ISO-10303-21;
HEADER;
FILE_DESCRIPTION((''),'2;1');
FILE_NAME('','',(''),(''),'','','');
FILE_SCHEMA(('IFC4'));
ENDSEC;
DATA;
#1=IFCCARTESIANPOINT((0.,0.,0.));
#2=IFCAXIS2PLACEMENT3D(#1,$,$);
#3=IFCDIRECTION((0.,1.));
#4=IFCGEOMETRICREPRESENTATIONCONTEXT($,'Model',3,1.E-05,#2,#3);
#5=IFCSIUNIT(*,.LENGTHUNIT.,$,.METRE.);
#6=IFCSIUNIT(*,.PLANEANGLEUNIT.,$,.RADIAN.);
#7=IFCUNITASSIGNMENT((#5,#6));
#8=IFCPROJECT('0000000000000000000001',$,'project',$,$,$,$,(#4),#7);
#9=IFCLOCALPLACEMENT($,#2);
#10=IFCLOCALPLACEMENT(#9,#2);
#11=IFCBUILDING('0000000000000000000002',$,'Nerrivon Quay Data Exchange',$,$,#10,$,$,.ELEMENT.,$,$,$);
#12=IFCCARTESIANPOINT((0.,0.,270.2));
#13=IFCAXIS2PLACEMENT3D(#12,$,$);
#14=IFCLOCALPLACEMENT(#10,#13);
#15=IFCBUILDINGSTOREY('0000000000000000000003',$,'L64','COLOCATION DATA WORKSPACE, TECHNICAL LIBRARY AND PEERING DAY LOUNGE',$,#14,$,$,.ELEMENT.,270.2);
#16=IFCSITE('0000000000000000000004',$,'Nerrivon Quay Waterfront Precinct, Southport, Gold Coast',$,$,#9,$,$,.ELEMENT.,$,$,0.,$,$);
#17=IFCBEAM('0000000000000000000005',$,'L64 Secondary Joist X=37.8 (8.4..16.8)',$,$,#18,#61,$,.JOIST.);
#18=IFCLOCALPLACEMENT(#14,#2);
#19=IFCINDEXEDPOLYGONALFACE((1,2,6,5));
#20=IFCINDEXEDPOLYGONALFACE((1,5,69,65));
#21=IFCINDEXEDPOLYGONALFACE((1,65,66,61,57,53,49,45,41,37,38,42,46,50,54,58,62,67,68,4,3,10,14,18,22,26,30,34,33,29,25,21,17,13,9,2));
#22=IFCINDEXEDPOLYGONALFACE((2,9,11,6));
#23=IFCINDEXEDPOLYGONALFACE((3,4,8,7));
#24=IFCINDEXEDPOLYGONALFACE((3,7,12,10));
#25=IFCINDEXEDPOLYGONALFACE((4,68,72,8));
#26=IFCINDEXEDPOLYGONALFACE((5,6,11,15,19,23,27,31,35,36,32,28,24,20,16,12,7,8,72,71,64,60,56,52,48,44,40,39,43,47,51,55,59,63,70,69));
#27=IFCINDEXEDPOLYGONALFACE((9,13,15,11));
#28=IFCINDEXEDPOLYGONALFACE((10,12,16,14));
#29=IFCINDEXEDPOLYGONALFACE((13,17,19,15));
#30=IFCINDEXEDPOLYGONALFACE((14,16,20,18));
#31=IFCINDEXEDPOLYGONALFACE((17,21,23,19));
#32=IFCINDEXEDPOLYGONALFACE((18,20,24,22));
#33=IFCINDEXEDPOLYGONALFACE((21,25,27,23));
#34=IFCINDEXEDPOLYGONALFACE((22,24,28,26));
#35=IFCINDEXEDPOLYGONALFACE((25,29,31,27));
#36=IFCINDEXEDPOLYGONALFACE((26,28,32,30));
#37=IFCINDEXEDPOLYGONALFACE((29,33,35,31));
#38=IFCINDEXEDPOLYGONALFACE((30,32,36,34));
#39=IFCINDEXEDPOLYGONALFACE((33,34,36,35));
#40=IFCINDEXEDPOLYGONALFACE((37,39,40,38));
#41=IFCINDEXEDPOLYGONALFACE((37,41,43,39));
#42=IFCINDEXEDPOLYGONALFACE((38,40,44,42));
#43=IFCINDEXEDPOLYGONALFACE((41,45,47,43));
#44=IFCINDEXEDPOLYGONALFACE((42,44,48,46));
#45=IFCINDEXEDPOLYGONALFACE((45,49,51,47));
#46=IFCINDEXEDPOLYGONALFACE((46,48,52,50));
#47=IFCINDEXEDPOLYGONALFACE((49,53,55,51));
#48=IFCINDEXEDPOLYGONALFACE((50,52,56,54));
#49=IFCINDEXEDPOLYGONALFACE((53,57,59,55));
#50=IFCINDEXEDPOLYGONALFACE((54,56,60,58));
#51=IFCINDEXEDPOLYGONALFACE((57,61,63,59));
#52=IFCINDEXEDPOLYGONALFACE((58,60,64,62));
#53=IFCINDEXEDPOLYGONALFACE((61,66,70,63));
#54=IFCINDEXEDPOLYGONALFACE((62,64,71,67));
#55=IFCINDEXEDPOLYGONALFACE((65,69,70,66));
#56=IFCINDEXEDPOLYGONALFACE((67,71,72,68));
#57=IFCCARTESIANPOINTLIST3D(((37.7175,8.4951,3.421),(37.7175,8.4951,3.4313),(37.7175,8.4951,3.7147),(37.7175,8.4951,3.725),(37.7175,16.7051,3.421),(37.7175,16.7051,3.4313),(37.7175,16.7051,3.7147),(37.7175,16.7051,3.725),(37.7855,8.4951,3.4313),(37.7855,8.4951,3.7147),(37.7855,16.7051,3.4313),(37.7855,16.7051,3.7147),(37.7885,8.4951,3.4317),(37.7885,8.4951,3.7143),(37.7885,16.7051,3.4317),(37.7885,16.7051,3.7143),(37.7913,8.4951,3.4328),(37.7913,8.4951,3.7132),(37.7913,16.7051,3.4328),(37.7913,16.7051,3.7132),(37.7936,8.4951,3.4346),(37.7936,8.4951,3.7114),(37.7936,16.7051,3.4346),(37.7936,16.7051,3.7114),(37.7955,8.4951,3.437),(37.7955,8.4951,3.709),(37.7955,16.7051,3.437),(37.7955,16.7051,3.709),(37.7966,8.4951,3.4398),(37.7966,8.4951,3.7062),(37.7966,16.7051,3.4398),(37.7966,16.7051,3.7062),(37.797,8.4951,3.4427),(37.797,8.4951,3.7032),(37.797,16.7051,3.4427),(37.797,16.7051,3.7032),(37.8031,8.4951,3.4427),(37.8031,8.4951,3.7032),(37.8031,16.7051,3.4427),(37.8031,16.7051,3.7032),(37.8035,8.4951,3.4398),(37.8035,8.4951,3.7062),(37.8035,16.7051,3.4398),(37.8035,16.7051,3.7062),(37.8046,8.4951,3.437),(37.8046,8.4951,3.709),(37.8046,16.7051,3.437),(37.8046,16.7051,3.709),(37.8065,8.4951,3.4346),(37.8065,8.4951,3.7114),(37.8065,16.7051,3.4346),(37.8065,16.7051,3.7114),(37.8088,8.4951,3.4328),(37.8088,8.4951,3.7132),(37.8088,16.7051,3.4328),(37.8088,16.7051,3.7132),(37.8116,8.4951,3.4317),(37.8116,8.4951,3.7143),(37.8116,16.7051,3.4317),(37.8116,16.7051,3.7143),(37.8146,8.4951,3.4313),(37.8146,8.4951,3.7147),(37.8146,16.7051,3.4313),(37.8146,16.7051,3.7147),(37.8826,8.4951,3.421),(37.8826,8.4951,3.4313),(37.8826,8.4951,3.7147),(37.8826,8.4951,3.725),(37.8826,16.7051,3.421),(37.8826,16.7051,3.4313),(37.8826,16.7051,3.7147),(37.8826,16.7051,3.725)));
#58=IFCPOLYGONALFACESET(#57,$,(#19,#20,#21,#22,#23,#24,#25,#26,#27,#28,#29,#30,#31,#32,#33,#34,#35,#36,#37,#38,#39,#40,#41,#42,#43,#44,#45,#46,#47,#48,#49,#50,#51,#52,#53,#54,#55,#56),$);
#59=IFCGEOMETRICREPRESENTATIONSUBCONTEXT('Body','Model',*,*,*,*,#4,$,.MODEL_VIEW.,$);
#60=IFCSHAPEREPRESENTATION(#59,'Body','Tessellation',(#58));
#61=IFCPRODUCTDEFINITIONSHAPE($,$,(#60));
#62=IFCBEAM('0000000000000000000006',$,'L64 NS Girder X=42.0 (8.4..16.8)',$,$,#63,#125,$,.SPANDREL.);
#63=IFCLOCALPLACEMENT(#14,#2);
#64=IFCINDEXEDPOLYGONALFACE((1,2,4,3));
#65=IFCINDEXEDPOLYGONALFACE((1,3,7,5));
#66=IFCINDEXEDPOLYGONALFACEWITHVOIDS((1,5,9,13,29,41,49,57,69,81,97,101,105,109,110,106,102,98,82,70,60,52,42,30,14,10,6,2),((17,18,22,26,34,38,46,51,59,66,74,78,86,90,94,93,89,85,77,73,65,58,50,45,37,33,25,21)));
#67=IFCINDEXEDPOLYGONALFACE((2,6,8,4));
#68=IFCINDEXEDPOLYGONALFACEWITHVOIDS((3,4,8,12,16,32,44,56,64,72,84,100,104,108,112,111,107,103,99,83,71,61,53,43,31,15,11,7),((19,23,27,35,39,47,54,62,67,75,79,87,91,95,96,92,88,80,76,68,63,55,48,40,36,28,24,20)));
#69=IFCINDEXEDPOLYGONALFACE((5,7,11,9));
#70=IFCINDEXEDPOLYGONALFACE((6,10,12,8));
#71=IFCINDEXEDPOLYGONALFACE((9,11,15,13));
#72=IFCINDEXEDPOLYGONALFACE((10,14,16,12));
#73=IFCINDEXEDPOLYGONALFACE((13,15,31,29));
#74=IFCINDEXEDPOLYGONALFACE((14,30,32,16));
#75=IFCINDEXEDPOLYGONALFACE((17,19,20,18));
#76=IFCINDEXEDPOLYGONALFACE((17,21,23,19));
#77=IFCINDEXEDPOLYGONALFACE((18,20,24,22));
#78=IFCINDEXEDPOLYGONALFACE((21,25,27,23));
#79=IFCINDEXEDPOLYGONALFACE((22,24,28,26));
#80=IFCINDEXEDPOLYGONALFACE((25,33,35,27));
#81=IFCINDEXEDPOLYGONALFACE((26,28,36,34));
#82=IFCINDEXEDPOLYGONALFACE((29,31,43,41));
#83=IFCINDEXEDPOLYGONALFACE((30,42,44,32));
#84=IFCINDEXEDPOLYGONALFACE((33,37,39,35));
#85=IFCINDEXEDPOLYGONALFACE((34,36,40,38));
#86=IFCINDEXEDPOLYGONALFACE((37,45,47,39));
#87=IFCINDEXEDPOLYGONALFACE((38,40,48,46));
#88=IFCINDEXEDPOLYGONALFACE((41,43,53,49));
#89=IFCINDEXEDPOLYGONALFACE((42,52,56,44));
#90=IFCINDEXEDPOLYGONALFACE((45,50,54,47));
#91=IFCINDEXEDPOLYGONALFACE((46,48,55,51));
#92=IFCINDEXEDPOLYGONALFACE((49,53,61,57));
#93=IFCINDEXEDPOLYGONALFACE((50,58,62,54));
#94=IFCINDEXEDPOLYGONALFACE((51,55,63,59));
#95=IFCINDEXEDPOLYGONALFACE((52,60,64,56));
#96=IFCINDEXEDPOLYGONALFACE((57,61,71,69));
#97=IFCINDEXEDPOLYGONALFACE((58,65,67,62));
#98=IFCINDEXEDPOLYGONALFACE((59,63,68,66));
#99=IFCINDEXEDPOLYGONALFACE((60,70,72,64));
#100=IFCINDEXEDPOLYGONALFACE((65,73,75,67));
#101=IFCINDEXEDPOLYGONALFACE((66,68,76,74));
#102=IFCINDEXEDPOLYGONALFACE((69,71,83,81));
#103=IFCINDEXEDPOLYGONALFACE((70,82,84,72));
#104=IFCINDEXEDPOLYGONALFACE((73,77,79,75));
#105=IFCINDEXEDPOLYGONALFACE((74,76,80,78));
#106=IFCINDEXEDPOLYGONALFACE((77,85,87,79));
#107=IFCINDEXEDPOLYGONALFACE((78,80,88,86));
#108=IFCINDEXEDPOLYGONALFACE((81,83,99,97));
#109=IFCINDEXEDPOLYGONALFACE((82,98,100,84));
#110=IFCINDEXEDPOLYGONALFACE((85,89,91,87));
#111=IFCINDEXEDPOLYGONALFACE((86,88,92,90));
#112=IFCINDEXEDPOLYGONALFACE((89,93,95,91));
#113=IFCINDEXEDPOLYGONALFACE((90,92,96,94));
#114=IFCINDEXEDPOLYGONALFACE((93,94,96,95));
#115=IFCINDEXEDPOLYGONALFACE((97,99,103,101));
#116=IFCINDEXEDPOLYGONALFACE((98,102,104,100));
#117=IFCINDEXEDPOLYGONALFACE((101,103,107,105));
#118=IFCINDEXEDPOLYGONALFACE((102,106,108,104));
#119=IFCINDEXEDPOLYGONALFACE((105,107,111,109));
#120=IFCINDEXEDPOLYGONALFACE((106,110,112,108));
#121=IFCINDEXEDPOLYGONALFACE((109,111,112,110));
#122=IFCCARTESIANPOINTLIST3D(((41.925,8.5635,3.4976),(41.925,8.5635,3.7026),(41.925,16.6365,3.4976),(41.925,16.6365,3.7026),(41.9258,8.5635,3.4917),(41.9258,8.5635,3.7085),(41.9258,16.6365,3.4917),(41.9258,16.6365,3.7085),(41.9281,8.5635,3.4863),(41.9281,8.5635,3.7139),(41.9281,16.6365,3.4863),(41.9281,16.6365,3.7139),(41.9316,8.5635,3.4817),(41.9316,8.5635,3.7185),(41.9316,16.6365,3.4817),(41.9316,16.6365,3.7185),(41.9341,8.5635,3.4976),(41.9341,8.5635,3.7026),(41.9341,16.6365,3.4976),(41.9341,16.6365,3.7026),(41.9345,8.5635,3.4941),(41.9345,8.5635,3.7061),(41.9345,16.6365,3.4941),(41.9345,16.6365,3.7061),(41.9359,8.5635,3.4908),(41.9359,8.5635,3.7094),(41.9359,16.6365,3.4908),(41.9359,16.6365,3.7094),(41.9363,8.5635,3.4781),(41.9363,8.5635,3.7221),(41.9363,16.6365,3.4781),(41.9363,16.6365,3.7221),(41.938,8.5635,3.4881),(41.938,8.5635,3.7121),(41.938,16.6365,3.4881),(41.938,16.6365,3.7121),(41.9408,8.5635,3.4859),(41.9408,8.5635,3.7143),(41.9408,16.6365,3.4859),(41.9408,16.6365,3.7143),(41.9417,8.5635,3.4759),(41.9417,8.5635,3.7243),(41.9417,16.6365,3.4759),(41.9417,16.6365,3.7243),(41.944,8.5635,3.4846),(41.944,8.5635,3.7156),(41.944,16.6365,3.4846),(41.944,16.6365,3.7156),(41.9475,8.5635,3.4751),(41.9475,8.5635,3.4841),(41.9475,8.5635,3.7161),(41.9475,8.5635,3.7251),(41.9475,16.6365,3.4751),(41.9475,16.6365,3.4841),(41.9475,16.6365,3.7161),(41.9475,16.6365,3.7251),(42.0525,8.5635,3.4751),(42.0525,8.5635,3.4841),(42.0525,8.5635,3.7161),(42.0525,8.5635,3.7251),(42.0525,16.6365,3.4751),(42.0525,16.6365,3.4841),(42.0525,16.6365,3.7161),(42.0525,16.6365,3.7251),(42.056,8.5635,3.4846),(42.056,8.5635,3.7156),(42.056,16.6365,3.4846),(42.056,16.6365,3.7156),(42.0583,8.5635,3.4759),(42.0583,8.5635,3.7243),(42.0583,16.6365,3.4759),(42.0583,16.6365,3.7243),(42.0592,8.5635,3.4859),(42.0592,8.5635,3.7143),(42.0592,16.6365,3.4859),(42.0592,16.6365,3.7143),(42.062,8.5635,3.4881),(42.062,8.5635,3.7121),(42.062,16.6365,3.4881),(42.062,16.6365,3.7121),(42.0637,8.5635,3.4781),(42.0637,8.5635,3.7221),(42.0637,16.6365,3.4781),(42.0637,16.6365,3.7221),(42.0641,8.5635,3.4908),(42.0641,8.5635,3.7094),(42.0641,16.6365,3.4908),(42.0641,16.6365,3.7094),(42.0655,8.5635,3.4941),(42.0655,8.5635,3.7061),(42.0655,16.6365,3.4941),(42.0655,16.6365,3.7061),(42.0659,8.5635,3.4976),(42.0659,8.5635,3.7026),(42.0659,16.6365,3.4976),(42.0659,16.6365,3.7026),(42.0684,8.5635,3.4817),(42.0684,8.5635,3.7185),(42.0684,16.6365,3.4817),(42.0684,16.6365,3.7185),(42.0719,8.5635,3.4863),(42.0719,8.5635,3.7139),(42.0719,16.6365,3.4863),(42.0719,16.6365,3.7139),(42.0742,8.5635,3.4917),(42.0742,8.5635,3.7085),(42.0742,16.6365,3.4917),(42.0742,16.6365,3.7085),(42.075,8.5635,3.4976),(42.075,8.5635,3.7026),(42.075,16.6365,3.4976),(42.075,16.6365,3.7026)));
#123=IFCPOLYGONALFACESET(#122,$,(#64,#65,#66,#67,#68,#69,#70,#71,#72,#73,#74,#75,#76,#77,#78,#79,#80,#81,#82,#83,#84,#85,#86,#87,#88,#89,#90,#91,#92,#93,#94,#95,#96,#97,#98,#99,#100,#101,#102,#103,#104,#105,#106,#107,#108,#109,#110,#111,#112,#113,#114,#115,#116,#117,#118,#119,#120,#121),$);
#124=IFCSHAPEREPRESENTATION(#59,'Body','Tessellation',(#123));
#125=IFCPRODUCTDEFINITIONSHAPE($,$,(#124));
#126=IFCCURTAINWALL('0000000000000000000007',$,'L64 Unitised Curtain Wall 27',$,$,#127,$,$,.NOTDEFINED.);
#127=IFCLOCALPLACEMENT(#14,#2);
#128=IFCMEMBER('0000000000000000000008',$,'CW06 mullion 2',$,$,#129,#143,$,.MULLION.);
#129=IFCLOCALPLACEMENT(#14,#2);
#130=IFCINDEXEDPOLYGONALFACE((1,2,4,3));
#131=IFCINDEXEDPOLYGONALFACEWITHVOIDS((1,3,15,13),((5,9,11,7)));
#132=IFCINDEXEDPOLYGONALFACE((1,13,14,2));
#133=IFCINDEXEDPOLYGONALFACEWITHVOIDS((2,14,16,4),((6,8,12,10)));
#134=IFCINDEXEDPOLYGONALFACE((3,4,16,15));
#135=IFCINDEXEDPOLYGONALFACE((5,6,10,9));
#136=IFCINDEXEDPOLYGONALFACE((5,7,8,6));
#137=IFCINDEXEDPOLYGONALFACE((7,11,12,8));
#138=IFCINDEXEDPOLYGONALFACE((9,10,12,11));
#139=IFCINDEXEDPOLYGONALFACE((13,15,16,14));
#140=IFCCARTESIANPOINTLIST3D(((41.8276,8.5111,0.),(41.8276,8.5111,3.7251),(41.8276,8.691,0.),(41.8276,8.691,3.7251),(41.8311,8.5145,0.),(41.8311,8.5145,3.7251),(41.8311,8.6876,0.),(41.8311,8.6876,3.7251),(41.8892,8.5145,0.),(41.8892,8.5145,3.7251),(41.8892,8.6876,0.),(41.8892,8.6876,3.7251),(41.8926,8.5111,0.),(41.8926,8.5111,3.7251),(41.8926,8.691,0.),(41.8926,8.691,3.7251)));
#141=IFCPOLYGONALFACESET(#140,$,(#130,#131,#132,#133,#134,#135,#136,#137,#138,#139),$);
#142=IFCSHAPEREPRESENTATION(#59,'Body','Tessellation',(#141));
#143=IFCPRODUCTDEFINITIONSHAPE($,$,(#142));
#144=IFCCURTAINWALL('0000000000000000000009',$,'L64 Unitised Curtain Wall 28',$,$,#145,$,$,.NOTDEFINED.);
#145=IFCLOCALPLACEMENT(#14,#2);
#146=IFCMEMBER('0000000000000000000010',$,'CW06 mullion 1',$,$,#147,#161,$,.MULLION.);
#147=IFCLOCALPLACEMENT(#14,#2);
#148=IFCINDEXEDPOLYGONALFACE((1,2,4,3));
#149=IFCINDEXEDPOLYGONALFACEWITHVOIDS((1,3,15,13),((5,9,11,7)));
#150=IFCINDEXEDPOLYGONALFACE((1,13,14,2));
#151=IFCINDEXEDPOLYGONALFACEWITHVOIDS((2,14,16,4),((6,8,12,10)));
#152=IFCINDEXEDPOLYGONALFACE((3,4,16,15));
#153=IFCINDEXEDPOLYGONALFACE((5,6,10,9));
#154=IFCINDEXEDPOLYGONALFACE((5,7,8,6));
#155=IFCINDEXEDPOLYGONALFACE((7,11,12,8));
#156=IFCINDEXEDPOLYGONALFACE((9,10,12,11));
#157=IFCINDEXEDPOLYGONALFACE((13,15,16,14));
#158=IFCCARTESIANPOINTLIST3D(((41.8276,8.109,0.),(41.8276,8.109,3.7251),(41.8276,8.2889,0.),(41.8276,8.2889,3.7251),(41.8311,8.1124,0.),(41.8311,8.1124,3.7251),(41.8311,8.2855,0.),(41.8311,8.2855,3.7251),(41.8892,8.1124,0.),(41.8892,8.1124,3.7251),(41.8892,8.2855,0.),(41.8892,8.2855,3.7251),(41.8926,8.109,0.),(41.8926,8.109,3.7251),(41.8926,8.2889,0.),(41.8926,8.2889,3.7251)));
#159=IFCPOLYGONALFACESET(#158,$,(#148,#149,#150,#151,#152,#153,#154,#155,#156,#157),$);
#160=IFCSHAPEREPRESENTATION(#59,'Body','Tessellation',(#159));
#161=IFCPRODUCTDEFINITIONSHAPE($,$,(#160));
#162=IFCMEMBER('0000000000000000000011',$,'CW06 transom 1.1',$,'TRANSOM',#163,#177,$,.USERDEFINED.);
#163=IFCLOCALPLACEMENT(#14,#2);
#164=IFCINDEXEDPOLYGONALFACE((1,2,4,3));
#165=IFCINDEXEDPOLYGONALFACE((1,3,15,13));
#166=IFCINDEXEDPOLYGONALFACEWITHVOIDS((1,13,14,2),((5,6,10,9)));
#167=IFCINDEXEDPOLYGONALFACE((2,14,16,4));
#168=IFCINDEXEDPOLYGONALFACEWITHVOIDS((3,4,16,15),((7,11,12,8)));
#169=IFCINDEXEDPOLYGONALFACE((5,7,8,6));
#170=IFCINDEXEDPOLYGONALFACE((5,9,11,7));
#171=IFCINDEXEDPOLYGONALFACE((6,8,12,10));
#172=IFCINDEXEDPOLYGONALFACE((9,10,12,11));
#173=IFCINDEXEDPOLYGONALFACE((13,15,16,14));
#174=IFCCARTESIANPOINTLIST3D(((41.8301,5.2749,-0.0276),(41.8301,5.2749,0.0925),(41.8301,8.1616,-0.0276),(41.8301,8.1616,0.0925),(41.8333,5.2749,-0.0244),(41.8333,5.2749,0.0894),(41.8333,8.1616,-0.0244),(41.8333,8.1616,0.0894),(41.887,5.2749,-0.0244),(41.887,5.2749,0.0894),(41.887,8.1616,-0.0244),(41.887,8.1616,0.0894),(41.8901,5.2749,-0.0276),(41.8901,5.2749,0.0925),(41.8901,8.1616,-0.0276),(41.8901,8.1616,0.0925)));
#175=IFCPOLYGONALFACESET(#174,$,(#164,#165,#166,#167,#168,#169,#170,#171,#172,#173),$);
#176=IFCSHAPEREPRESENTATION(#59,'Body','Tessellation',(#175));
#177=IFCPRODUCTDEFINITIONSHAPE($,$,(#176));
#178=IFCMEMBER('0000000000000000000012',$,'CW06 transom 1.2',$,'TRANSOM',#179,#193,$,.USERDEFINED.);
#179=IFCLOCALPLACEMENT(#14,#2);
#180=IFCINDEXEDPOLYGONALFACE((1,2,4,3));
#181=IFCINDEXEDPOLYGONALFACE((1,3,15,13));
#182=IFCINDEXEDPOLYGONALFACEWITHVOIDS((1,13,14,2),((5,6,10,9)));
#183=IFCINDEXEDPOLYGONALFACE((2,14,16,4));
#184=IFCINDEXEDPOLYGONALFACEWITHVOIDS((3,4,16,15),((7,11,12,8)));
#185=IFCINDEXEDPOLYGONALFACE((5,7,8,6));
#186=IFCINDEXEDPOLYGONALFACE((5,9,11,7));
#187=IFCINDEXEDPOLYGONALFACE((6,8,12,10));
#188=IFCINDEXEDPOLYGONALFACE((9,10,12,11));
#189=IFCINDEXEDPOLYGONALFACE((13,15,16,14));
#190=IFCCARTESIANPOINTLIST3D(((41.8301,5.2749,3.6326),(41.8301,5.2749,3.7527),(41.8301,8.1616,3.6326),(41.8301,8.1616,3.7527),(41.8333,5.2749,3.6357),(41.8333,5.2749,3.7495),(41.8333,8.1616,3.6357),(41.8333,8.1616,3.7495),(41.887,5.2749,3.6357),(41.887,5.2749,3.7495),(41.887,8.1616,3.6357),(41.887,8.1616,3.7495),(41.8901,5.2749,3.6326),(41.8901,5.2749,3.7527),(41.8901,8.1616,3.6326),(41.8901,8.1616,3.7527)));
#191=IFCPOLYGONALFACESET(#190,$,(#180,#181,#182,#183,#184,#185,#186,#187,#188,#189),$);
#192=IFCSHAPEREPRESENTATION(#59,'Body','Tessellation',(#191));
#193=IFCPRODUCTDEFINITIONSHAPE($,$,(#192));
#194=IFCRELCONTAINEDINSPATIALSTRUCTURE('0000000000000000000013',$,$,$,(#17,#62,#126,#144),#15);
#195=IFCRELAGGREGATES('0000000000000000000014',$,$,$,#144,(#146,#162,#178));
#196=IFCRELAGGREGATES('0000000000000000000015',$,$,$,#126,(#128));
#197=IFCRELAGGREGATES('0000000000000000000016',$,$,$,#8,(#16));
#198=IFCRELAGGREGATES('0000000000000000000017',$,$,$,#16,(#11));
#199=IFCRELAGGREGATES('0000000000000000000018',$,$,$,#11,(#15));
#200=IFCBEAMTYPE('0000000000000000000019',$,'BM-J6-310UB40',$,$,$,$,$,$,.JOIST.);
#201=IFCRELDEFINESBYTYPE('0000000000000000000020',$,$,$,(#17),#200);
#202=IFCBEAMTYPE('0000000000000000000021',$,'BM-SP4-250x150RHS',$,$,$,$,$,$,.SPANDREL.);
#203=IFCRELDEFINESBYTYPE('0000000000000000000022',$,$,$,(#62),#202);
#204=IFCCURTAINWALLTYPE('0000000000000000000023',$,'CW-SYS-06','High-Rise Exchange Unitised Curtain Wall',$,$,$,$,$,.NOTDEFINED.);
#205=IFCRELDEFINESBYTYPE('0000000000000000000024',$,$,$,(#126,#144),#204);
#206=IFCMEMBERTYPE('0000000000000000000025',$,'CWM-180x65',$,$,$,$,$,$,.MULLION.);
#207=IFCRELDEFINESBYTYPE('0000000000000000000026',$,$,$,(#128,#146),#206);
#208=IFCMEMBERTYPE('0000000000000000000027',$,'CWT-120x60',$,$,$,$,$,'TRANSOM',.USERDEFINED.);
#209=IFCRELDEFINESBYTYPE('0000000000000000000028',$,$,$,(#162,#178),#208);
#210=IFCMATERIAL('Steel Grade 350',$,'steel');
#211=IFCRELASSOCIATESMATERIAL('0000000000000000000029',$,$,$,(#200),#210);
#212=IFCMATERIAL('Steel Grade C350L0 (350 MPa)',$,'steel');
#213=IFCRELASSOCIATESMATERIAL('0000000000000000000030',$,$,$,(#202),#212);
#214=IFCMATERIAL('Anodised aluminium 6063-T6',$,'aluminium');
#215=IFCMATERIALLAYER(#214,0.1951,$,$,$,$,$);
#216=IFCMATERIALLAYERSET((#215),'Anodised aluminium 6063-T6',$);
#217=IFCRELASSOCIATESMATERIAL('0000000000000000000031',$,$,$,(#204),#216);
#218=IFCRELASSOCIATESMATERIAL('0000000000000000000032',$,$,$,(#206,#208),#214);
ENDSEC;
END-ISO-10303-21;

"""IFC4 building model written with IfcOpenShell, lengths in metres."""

from ifc_helpers import new_model, si_unit, direction, frame, origin, origin_2d, place, context, subcontext, project, spatial, hollow_rectangle, i_section, extrude, material, layer, layer_set, material_profile, profile_set, type_object, element, aggregate, save


model = new_model("IFC4")

# Units and contexts
model_context = context("Model", 3, precision=1e-05, world=origin(), true_north=direction((0.0, 1.0)))
body_context = subcontext(model_context, "Body", "Model", "MODEL_VIEW")
ifc_project = project(units=[si_unit("LENGTHUNIT", "METRE"), si_unit("PLANEANGLEUNIT", "RADIAN")], contexts=[model_context])

# Site, building, storey
site_placement = place(None, origin())
site = spatial("IfcSite", under=ifc_project, at=site_placement, Name="Nerrivon Quay Waterfront Precinct, Southport, Gold Coast", CompositionType="ELEMENT", RefElevation=0.0)
building_placement = place(site_placement, origin())
building = spatial("IfcBuilding", under=site, at=building_placement, Name="Nerrivon Quay Data Exchange", CompositionType="ELEMENT")
storey_placement = place(building_placement, frame((0.0, 0.0, 270.2)))
storey = spatial("IfcBuildingStorey", under=building, at=storey_placement, Name="L64", Description="COLOCATION DATA WORKSPACE, TECHNICAL LIBRARY AND PEERING DAY LOUNGE", CompositionType="ELEMENT", Elevation=270.2)

# Shared definitions
ifc_material_1 = material(Name="Steel Grade 350", Category="steel")

# Beams
ifc_material_profile_1 = material_profile(ifc_material_1, i_section(OverallWidth=0.165, OverallDepth=0.304, WebThickness=0.0061, FlangeThickness=0.0103, FilletRadius=0.0115, at=origin_2d()), Name="310UB40.4")
ifc_profile_set_1 = profile_set([ifc_material_profile_1], Name="Steel Grade 350")
beam_type_1 = type_object("IfcBeamType", Name="BM-J6-310UB40", PredefinedType="JOIST", material=ifc_profile_set_1)
beam_1_placement = place(storey_placement, frame((37.8, 8.4951, 3.573), z_axis=(0.0, 1.0, 0.0), x_axis=(-1.0, 0.0, 0.0)))
element("IfcBeam", 1, at=beam_1_placement, inside=storey, type_object=beam_type_1, Name="L64 Secondary Joist X=37.8 (8.4..16.8)", PredefinedType="JOIST", context=body_context, shape_type="SweptSolid", body=[
    extrude(i_section(OverallWidth=0.165, OverallDepth=0.304, WebThickness=0.0061, FlangeThickness=0.0103, FilletRadius=0.0115, at=origin_2d()), origin(), (0.0, 0.0, 1.0), 8.21),
])
ifc_material_2 = material(Name="Steel Grade C350L0 (350 MPa)", Category="steel")
ifc_material_profile_2 = material_profile(ifc_material_2, hollow_rectangle(XDim=0.1499, YDim=0.25, WallThickness=0.009, InnerFilletRadius=0.0134, OuterFilletRadius=0.0225, at=origin_2d()), Name="250x150x9.0RHS")
ifc_profile_set_2 = profile_set([ifc_material_profile_2], Name="Steel Grade C350L0 (350 MPa)")
beam_type_2 = type_object("IfcBeamType", Name="BM-SP4-250x150RHS", PredefinedType="SPANDREL", material=ifc_profile_set_2)
beam_2_placement = place(storey_placement, frame((42.0, 8.5635, 3.6001), z_axis=(0.0, 1.0, 0.0), x_axis=(-1.0, 0.0, 0.0)))
element("IfcBeam", 2, at=beam_2_placement, inside=storey, type_object=beam_type_2, Name="L64 NS Girder X=42.0 (8.4..16.8)", PredefinedType="SPANDREL", context=body_context, shape_type="SweptSolid", body=[
    extrude(hollow_rectangle(XDim=0.1499, YDim=0.25, WallThickness=0.009, InnerFilletRadius=0.0134, OuterFilletRadius=0.0225, at=origin_2d()), origin(), (0.0, 0.0, 1.0), 8.073),
])

# Curtain wall, member
ifc_material_3 = material(Name="Anodised aluminium 6063-T6", Category="aluminium")
ifc_layer_1 = layer(ifc_material_3, 0.1951)
ifc_layer_set_1 = layer_set([ifc_layer_1], Name="Anodised aluminium 6063-T6")
curtain_wall_type = type_object("IfcCurtainWallType", Name="CW-SYS-06", Description="High-Rise Exchange Unitised Curtain Wall", PredefinedType="NOTDEFINED", material=ifc_layer_set_1)
curtain_wall_1_placement = place(storey_placement, origin())
curtain_wall_1 = element("IfcCurtainWall", 3, at=curtain_wall_1_placement, inside=storey, type_object=curtain_wall_type, Name="L64 Unitised Curtain Wall 27", PredefinedType="NOTDEFINED")
ifc_material_profile_3 = material_profile(ifc_material_3, hollow_rectangle(XDim=0.0649, YDim=0.1799, WallThickness=0.0034, at=origin_2d()), Name="ALU-MULL-180x65")
ifc_profile_set_3 = profile_set([ifc_material_profile_3], Name="Anodised aluminium 6063-T6")
member_type_1 = type_object("IfcMemberType", Name="CWM-180x65", PredefinedType="MULLION", material=ifc_profile_set_3)
member_1_placement = place(storey_placement, frame((41.8601, 8.6011, 0.0), z_axis=(0.0, 0.0, 1.0), x_axis=(1.0, 0.0, 0.0)))
member_1 = element("IfcMember", 4, at=member_1_placement, type_object=member_type_1, Name="CW06 mullion 2", PredefinedType="MULLION", context=body_context, shape_type="SweptSolid", body=[
    extrude(hollow_rectangle(XDim=0.0649, YDim=0.1799, WallThickness=0.0034, at=origin_2d()), origin(), (0.0, 0.0, 1.0), 3.7251),
])

# Curtain wall, members
curtain_wall_2_placement = place(storey_placement, origin())
curtain_wall_2 = element("IfcCurtainWall", 5, at=curtain_wall_2_placement, inside=storey, type_object=curtain_wall_type, Name="L64 Unitised Curtain Wall 28", PredefinedType="NOTDEFINED")
member_2_placement = place(storey_placement, frame((41.8601, 8.199, 0.0), z_axis=(0.0, 0.0, 1.0), x_axis=(1.0, 0.0, 0.0)))
member_2 = element("IfcMember", 6, at=member_2_placement, type_object=member_type_1, Name="CW06 mullion 1", PredefinedType="MULLION", context=body_context, shape_type="SweptSolid", body=[
    extrude(hollow_rectangle(XDim=0.0649, YDim=0.1799, WallThickness=0.0034, at=origin_2d()), origin(), (0.0, 0.0, 1.0), 3.7251),
])
ifc_material_profile_4 = material_profile(ifc_material_3, hollow_rectangle(XDim=0.0601, YDim=0.1201, WallThickness=0.0032, at=origin_2d()), Name="ALU-TRAN-120x60")
ifc_profile_set_4 = profile_set([ifc_material_profile_4], Name="Anodised aluminium 6063-T6")
member_type_2 = type_object("IfcMemberType", Name="CWT-120x60", ElementType="TRANSOM", PredefinedType="USERDEFINED", material=ifc_profile_set_4)
member_3_placement = place(storey_placement, frame((41.8601, 8.1616, 0.0325), z_axis=(0.0, -1.0, 0.0), x_axis=(1.0, 0.0, 0.0)))
member_3 = element("IfcMember", 7, at=member_3_placement, type_object=member_type_2, Name="CW06 transom 1.1", ObjectType="TRANSOM", PredefinedType="USERDEFINED", context=body_context, shape_type="SweptSolid", body=[
    extrude(hollow_rectangle(XDim=0.0601, YDim=0.1201, WallThickness=0.0032, at=origin_2d()), origin(), (0.0, 0.0, 1.0), 2.8867),
])
member_4_placement = place(storey_placement, frame((41.8601, 8.1616, 3.6926), z_axis=(0.0, -1.0, 0.0), x_axis=(1.0, 0.0, 0.0)))
member_4 = element("IfcMember", 8, at=member_4_placement, type_object=member_type_2, Name="CW06 transom 1.2", ObjectType="TRANSOM", PredefinedType="USERDEFINED", context=body_context, shape_type="SweptSolid", body=[
    extrude(hollow_rectangle(XDim=0.0601, YDim=0.1201, WallThickness=0.0032, at=origin_2d()), origin(), (0.0, 0.0, 1.0), 2.8867),
])
aggregate(curtain_wall_2, [member_2, member_3, member_4])

aggregate(curtain_wall_1, [member_1])

save(model, "model.ifc")
